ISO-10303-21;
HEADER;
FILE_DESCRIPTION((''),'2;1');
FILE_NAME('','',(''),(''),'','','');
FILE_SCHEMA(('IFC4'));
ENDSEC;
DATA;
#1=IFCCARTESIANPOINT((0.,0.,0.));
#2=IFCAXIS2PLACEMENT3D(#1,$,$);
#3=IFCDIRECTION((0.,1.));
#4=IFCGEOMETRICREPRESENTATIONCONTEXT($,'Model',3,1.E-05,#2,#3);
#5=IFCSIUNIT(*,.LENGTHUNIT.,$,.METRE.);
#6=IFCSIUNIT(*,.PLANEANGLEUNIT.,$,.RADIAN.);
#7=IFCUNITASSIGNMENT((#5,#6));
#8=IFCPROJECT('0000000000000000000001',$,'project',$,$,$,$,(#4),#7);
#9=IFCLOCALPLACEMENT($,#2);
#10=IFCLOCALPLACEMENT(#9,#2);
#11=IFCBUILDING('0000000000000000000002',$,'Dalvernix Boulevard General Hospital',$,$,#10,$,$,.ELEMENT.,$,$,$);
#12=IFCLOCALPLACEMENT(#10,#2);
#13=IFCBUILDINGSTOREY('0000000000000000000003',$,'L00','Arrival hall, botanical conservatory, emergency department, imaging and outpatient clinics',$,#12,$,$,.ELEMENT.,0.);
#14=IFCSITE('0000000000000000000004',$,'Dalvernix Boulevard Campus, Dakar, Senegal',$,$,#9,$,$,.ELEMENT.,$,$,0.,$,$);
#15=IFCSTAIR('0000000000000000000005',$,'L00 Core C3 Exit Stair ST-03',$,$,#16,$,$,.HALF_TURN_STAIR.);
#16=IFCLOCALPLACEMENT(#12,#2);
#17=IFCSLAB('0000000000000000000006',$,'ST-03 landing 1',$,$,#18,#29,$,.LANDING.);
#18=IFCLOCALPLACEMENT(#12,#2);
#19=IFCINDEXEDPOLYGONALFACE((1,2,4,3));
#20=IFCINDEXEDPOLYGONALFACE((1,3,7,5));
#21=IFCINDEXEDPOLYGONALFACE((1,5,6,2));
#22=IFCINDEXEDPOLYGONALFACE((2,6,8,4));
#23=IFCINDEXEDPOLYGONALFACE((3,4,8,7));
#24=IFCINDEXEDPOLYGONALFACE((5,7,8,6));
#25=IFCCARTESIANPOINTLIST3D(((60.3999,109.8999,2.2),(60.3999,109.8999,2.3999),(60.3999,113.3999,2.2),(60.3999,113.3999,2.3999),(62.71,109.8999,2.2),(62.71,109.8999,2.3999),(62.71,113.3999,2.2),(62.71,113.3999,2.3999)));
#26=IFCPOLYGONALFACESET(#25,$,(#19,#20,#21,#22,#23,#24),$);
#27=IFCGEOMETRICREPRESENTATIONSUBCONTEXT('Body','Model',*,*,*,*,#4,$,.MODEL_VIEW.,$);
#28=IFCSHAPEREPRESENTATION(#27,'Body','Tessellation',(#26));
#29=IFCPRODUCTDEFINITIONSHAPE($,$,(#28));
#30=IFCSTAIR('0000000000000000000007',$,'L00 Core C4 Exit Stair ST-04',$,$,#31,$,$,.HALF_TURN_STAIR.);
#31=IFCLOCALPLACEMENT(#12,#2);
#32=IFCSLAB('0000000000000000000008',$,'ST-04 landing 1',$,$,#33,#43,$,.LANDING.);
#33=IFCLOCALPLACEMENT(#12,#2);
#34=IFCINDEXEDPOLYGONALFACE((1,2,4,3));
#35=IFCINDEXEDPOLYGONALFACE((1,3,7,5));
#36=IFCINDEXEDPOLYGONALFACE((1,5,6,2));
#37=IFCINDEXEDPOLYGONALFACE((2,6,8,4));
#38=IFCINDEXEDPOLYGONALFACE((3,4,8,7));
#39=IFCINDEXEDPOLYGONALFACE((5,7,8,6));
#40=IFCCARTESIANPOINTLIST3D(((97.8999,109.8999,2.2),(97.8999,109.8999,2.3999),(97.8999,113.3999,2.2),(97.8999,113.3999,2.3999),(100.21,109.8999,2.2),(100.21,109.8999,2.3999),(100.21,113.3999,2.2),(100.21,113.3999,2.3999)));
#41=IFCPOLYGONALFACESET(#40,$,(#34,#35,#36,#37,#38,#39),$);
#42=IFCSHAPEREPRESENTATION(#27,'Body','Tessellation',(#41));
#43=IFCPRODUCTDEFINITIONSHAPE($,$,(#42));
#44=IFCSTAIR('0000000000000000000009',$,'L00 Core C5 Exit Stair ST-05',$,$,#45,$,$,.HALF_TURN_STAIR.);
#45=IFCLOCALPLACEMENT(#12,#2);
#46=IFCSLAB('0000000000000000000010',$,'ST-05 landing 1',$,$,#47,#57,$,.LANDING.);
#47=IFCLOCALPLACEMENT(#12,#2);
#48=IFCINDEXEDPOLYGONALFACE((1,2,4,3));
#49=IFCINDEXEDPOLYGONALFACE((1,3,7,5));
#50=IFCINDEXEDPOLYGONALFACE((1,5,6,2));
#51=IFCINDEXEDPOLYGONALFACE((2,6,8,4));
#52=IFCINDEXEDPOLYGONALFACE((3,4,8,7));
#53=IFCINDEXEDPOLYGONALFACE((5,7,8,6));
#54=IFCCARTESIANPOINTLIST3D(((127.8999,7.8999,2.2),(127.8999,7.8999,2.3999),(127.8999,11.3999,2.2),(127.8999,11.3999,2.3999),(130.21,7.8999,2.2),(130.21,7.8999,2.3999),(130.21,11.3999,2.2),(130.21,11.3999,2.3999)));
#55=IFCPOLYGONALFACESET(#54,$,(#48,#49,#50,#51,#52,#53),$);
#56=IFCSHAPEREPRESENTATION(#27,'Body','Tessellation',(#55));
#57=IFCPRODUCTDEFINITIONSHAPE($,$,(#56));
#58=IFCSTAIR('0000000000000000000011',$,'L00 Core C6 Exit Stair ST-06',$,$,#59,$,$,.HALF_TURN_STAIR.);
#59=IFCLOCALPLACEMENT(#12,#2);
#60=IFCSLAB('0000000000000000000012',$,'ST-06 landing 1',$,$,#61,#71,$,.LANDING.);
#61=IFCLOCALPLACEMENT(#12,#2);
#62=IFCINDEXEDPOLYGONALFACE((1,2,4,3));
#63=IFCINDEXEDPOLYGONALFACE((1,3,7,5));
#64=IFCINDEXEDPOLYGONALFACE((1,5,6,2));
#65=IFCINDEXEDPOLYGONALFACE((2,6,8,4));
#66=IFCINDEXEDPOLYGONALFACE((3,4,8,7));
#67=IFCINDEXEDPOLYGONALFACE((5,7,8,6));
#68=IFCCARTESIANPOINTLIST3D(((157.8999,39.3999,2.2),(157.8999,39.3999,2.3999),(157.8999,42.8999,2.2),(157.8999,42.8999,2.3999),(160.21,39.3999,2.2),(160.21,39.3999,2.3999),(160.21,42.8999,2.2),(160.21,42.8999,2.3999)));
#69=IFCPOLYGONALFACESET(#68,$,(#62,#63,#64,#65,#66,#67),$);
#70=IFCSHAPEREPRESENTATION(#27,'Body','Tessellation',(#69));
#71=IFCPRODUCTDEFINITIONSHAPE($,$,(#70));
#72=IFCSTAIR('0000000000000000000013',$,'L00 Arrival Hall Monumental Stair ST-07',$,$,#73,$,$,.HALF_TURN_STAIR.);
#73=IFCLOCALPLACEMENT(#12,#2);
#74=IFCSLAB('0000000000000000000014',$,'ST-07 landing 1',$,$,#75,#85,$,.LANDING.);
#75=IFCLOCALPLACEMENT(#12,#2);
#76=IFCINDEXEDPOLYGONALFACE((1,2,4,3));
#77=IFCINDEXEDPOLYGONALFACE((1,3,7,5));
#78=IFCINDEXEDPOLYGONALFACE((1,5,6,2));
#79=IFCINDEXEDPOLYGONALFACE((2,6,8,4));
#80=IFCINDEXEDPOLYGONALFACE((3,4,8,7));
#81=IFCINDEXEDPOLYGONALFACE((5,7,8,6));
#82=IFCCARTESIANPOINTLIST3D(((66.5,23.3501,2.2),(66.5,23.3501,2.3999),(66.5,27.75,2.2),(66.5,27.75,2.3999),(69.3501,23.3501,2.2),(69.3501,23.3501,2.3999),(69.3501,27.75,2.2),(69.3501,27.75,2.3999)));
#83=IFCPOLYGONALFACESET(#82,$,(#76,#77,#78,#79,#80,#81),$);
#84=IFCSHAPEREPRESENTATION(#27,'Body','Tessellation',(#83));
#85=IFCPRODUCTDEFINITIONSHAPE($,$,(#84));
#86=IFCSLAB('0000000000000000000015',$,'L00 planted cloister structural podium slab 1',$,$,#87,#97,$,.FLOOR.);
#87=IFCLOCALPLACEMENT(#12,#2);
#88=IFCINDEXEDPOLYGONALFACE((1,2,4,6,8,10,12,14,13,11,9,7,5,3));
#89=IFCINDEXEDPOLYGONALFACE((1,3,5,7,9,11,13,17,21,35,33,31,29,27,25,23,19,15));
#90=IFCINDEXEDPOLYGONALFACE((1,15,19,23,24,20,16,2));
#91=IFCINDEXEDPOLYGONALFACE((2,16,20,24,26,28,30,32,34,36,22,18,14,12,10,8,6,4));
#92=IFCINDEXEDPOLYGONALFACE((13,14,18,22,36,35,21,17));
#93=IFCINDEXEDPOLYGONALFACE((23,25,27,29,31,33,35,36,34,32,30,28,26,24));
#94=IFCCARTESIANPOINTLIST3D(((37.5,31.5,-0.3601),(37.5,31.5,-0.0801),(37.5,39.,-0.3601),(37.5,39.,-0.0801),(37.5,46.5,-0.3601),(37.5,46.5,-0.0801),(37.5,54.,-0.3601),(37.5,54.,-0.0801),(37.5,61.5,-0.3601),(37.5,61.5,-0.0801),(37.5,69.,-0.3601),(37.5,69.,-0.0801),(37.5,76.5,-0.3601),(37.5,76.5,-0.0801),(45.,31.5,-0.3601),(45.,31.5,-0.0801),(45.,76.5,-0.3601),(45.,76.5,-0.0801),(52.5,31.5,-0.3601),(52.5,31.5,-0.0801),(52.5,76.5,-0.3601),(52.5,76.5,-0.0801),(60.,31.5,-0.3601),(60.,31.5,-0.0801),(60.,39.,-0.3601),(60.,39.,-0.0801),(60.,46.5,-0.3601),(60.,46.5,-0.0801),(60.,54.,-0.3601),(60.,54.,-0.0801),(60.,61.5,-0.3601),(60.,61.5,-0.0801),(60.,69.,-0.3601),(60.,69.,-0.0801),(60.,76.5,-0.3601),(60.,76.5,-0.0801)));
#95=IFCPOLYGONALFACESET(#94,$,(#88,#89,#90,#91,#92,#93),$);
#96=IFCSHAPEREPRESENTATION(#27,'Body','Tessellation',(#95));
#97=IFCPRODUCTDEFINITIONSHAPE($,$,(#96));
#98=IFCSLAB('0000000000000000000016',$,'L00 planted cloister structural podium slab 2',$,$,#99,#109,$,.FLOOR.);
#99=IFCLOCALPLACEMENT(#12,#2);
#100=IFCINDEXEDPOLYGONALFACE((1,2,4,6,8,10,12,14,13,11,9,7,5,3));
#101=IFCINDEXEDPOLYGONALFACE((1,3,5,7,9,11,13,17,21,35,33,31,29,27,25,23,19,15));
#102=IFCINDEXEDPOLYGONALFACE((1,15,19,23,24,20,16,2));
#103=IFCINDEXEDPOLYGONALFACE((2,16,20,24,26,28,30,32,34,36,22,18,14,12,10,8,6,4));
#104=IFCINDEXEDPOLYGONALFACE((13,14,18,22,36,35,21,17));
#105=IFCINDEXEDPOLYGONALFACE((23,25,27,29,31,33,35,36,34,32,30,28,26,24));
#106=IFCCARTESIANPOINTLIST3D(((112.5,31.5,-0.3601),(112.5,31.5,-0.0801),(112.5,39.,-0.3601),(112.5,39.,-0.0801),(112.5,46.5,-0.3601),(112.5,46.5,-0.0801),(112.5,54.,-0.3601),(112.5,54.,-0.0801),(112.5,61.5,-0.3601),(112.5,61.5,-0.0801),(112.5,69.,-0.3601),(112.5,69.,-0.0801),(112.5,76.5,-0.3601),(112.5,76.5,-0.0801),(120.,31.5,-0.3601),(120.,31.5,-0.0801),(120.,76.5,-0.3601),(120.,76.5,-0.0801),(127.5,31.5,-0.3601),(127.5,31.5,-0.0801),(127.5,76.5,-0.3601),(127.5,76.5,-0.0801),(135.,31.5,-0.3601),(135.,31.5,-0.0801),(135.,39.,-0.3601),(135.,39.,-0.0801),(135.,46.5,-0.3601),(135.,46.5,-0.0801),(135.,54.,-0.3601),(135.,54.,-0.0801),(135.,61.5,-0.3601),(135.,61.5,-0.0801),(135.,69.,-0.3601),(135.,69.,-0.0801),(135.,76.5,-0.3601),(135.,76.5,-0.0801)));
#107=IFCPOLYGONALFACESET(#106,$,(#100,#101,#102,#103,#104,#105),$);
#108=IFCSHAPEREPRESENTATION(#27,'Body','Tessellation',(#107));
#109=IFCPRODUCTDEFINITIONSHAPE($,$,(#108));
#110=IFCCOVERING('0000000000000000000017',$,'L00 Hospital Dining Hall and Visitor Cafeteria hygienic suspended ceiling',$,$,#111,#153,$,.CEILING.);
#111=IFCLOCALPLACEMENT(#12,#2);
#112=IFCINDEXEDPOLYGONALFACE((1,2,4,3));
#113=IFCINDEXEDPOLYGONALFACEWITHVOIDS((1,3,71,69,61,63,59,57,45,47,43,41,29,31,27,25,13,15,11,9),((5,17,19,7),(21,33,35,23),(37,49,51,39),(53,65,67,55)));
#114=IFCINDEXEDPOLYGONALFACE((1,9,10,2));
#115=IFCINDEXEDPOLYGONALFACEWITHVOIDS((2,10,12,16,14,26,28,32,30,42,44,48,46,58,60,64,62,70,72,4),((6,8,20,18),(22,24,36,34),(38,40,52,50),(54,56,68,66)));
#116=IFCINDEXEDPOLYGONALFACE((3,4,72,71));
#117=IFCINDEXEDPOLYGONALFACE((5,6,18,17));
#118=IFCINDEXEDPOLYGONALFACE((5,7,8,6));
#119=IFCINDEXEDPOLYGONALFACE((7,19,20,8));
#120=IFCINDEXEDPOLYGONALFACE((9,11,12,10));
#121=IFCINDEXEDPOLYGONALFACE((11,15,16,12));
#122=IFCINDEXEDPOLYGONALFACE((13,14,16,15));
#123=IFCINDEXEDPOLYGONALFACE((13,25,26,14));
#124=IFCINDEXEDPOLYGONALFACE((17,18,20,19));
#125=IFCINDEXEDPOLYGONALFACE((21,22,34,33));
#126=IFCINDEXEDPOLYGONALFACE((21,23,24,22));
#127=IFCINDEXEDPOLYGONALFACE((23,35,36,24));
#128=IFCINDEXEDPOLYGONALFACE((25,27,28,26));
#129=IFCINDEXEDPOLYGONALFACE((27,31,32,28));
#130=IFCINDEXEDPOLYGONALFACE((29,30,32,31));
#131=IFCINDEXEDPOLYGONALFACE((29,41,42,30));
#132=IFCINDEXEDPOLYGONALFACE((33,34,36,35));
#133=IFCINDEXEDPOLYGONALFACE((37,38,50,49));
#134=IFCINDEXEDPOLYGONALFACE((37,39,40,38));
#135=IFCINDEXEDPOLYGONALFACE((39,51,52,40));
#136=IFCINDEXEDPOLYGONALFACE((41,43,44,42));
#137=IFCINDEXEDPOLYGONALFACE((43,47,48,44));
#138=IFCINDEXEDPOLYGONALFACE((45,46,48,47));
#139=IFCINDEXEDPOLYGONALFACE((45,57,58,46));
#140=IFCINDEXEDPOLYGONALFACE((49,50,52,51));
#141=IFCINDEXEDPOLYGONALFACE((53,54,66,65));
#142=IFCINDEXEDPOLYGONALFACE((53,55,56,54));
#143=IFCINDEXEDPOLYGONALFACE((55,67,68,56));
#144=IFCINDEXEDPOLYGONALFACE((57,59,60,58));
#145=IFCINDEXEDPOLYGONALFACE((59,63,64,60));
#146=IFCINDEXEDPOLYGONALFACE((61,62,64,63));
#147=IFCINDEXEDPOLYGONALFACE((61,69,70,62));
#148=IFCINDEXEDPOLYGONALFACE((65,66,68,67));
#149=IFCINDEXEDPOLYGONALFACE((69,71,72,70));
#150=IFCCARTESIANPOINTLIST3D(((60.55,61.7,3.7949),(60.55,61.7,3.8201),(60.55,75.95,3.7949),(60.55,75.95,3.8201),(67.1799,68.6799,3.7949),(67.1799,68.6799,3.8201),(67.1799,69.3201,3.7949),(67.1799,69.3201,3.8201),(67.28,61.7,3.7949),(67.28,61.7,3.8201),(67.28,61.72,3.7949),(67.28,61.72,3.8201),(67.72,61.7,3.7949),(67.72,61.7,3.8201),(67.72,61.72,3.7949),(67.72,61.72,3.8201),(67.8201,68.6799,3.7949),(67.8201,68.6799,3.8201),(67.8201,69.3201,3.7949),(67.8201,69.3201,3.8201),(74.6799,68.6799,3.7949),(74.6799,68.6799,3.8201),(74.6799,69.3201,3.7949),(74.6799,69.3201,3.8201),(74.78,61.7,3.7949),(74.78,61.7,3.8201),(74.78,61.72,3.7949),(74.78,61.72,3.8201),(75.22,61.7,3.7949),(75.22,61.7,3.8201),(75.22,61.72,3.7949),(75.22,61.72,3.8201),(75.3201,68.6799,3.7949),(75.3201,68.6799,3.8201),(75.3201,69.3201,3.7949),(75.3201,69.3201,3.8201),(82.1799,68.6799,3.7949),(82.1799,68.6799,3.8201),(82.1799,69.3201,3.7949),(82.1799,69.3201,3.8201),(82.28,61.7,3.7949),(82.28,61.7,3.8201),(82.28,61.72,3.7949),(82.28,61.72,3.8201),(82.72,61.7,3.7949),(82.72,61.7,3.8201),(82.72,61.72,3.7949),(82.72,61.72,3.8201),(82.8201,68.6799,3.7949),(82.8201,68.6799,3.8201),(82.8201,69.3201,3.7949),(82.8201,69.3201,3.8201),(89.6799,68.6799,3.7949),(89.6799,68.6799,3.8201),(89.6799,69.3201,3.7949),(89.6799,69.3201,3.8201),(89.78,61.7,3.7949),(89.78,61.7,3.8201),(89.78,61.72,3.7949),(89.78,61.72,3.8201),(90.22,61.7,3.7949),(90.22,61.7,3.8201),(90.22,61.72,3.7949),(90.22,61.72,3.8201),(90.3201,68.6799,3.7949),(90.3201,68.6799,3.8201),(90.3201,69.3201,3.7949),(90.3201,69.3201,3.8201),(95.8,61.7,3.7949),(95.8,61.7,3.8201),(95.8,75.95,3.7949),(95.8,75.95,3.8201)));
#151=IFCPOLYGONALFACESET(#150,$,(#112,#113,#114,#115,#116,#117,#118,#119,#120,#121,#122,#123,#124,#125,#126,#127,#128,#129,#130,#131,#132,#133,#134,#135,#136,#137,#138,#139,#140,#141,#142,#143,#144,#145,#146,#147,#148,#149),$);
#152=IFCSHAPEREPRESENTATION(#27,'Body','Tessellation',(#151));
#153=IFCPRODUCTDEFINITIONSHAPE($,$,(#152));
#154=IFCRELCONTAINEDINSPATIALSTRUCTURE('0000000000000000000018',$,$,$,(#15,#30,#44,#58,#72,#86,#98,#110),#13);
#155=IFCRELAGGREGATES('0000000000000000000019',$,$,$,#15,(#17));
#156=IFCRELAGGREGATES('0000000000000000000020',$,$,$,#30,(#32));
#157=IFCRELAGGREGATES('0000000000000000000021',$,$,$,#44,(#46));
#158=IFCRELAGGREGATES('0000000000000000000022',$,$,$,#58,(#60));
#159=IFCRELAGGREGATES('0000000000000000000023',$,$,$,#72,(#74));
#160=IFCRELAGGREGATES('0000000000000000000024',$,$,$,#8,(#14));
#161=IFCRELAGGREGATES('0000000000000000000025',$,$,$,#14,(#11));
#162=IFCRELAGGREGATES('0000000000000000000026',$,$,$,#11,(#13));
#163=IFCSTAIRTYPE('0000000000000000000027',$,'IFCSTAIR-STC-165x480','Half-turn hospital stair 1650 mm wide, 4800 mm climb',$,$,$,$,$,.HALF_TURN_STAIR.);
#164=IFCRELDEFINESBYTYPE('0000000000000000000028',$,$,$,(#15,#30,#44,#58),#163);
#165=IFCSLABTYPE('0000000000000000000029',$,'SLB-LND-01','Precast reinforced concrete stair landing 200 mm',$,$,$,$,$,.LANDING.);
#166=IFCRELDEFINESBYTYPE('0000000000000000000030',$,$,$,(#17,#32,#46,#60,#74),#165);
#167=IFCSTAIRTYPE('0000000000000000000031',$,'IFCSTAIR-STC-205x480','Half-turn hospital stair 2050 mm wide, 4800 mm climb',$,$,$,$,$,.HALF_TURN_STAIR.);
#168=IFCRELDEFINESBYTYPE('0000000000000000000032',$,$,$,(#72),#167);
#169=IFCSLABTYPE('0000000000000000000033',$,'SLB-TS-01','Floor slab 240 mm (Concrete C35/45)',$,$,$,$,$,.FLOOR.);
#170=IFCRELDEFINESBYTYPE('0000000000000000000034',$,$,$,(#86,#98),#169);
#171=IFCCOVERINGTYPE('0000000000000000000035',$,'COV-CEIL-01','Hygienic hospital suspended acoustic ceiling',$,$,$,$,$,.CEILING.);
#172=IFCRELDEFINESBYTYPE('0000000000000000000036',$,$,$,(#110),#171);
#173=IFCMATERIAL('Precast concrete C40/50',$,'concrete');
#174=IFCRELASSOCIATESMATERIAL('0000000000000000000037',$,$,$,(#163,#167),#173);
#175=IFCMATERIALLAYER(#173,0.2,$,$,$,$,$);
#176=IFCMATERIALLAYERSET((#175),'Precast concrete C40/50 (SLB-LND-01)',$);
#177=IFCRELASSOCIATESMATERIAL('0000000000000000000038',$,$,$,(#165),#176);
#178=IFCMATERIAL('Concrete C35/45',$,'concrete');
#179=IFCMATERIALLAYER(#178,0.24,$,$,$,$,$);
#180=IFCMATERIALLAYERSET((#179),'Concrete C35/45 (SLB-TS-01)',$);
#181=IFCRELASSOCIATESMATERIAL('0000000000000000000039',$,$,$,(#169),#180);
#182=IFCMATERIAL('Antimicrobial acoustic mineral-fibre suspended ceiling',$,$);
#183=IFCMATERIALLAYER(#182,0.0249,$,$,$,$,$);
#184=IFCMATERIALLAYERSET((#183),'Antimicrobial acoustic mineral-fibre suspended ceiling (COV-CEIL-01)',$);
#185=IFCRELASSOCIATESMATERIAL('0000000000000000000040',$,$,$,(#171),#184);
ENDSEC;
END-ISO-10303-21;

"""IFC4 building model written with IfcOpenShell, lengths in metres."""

from ifc_helpers import new_model, si_unit, direction, frame, origin, place, context, subcontext, project, spatial, polyline, outline, extrude, material, layer, layer_set, type_object, element, aggregate, save


model = new_model("IFC4")

# Units and contexts
model_context = context("Model", 3, precision=1e-05, world=origin(), true_north=direction((0.0, 1.0)))
body_context = subcontext(model_context, "Body", "Model", "MODEL_VIEW")
ifc_project = project(units=[si_unit("LENGTHUNIT", "METRE"), si_unit("PLANEANGLEUNIT", "RADIAN")], contexts=[model_context])

# Site, building, storey
site_placement = place(None, origin())
site = spatial("IfcSite", under=ifc_project, at=site_placement, Name="Dalvernix Boulevard Campus, Dakar, Senegal", CompositionType="ELEMENT", RefElevation=0.0)
building_placement = place(site_placement, origin())
building = spatial("IfcBuilding", under=site, at=building_placement, Name="Dalvernix Boulevard General Hospital", CompositionType="ELEMENT")
storey_placement = place(building_placement, origin())
storey = spatial("IfcBuildingStorey", under=building, at=storey_placement, Name="L00", Description="Arrival hall, botanical conservatory, emergency department, imaging and outpatient clinics", CompositionType="ELEMENT", Elevation=0.0)

# Shared definitions
ifc_material_1 = material(Name="Concrete C35/45", Category="concrete")

# Stairs, slabs
ifc_material_2 = material(Name="Precast concrete C40/50", Category="concrete")
stair_type_1 = type_object("IfcStairType", Name="IFCSTAIR-STC-165x480", Description="Half-turn hospital stair 1650 mm wide, 4800 mm climb", PredefinedType="HALF_TURN_STAIR", material=ifc_material_2)
ifc_layer_1 = layer(ifc_material_2, 0.2)
ifc_layer_set_1 = layer_set([ifc_layer_1], Name="Precast concrete C40/50 (SLB-LND-01)")
slab_type_1 = type_object("IfcSlabType", Name="SLB-LND-01", Description="Precast reinforced concrete stair landing 200 mm", PredefinedType="LANDING", material=ifc_layer_set_1)
stair_1_placement = place(storey_placement, origin())
stair_1 = element("IfcStair", 1, at=stair_1_placement, inside=storey, type_object=stair_type_1, Name="L00 Core C3 Exit Stair ST-03", PredefinedType="HALF_TURN_STAIR")
slab_1_placement = place(storey_placement, frame((0.0, 0.0, 2.2)))
slab_1 = element("IfcSlab", 2, at=slab_1_placement, type_object=slab_type_1, Name="ST-03 landing 1", PredefinedType="LANDING", context=body_context, shape_type="SweptSolid", body=[
    extrude(outline(polyline([(62.71, 113.3999), (60.3999, 113.3999), (60.3999, 109.8999), (62.71, 109.8999), (62.71, 113.3999)])), origin(), (0.0, 0.0, 1.0), 0.2),
])
aggregate(stair_1, [slab_1])
stair_2_placement = place(storey_placement, origin())
stair_2 = element("IfcStair", 3, at=stair_2_placement, inside=storey, type_object=stair_type_1, Name="L00 Core C4 Exit Stair ST-04", PredefinedType="HALF_TURN_STAIR")
slab_2_placement = place(storey_placement, frame((0.0, 0.0, 2.2)))
slab_2 = element("IfcSlab", 4, at=slab_2_placement, type_object=slab_type_1, Name="ST-04 landing 1", PredefinedType="LANDING", context=body_context, shape_type="SweptSolid", body=[
    extrude(outline(polyline([(100.21, 113.3999), (97.8999, 113.3999), (97.8999, 109.8999), (100.21, 109.8999), (100.21, 113.3999)])), origin(), (0.0, 0.0, 1.0), 0.2),
])
aggregate(stair_2, [slab_2])
stair_3_placement = place(storey_placement, origin())
stair_3 = element("IfcStair", 5, at=stair_3_placement, inside=storey, type_object=stair_type_1, Name="L00 Core C5 Exit Stair ST-05", PredefinedType="HALF_TURN_STAIR")
slab_3_placement = place(storey_placement, frame((0.0, 0.0, 2.2)))
slab_3 = element("IfcSlab", 6, at=slab_3_placement, type_object=slab_type_1, Name="ST-05 landing 1", PredefinedType="LANDING", context=body_context, shape_type="SweptSolid", body=[
    extrude(outline(polyline([(130.21, 11.3999), (127.8999, 11.3999), (127.8999, 7.8999), (130.21, 7.8999), (130.21, 11.3999)])), origin(), (0.0, 0.0, 1.0), 0.2),
])
aggregate(stair_3, [slab_3])
stair_4_placement = place(storey_placement, origin())
stair_4 = element("IfcStair", 7, at=stair_4_placement, inside=storey, type_object=stair_type_1, Name="L00 Core C6 Exit Stair ST-06", PredefinedType="HALF_TURN_STAIR")
slab_4_placement = place(storey_placement, frame((0.0, 0.0, 2.2)))
slab_4 = element("IfcSlab", 8, at=slab_4_placement, type_object=slab_type_1, Name="ST-06 landing 1", PredefinedType="LANDING", context=body_context, shape_type="SweptSolid", body=[
    extrude(outline(polyline([(160.21, 42.8999), (157.8999, 42.8999), (157.8999, 39.3999), (160.21, 39.3999), (160.21, 42.8999)])), origin(), (0.0, 0.0, 1.0), 0.2),
])
aggregate(stair_4, [slab_4])
stair_type_2 = type_object("IfcStairType", Name="IFCSTAIR-STC-205x480", Description="Half-turn hospital stair 2050 mm wide, 4800 mm climb", PredefinedType="HALF_TURN_STAIR", material=ifc_material_2)
stair_5_placement = place(storey_placement, origin())
stair_5 = element("IfcStair", 9, at=stair_5_placement, inside=storey, type_object=stair_type_2, Name="L00 Arrival Hall Monumental Stair ST-07", PredefinedType="HALF_TURN_STAIR")
slab_5_placement = place(storey_placement, frame((0.0, 0.0, 2.2)))
slab_5 = element("IfcSlab", 10, at=slab_5_placement, type_object=slab_type_1, Name="ST-07 landing 1", PredefinedType="LANDING", context=body_context, shape_type="SweptSolid", body=[
    extrude(outline(polyline([(66.5, 23.3501), (69.3501, 23.3501), (69.3501, 27.75), (66.5, 27.75), (66.5, 23.3501)])), origin(), (0.0, 0.0, 1.0), 0.2),
])
aggregate(stair_5, [slab_5])

# Slabs
ifc_layer_2 = layer(ifc_material_1, 0.24)
ifc_layer_set_2 = layer_set([ifc_layer_2], Name="Concrete C35/45 (SLB-TS-01)")
slab_type_2 = type_object("IfcSlabType", Name="SLB-TS-01", Description="Floor slab 240 mm (Concrete C35/45)", PredefinedType="FLOOR", material=ifc_layer_set_2)
slab_6_placement = place(storey_placement, frame((0.0, 0.0, -0.3601)))
element("IfcSlab", 11, at=slab_6_placement, inside=storey, type_object=slab_type_2, Name="L00 planted cloister structural podium slab 1", PredefinedType="FLOOR", context=body_context, shape_type="SweptSolid", body=[
    extrude(outline(polyline([(45.0, 31.5), (37.5, 31.5), (37.5, 39.0), (37.5, 46.5), (37.5, 54.0), (37.5, 61.5), (37.5, 69.0), (37.5, 76.5), (45.0, 76.5), (52.5, 76.5), (60.0, 76.5), (60.0, 69.0), (60.0, 61.5), (60.0, 54.0), (60.0, 46.5), (60.0, 39.0), (60.0, 31.5), (52.5, 31.5), (45.0, 31.5)])), origin(), (0.0, 0.0, 1.0), 0.28),
])
slab_7_placement = place(storey_placement, frame((0.0, 0.0, -0.3601)))
element("IfcSlab", 12, at=slab_7_placement, inside=storey, type_object=slab_type_2, Name="L00 planted cloister structural podium slab 2", PredefinedType="FLOOR", context=body_context, shape_type="SweptSolid", body=[
    extrude(outline(polyline([(112.5, 61.5), (112.5, 69.0), (112.5, 76.5), (120.0, 76.5), (127.5, 76.5), (135.0, 76.5), (135.0, 69.0), (135.0, 61.5), (135.0, 54.0), (135.0, 46.5), (135.0, 39.0), (135.0, 31.5), (127.5, 31.5), (120.0, 31.5), (112.5, 31.5), (112.5, 39.0), (112.5, 46.5), (112.5, 54.0), (112.5, 61.5)])), origin(), (0.0, 0.0, 1.0), 0.28),
])

# Covering
ifc_material_3 = material(Name="Antimicrobial acoustic mineral-fibre suspended ceiling")
ifc_layer_3 = layer(ifc_material_3, 0.0249)
ifc_layer_set_3 = layer_set([ifc_layer_3], Name="Antimicrobial acoustic mineral-fibre suspended ceiling (COV-CEIL-01)")
covering_type_1 = type_object("IfcCoveringType", Name="COV-CEIL-01", Description="Hygienic hospital suspended acoustic ceiling", PredefinedType="CEILING", material=ifc_layer_set_3)
covering_1_placement = place(storey_placement, frame((0.0, 0.0, 3.7949)))
element("IfcCovering", 13, at=covering_1_placement, inside=storey, type_object=covering_type_1, Name="L00 Hospital Dining Hall and Visitor Cafeteria hygienic suspended ceiling", PredefinedType="CEILING", context=body_context, shape_type="SweptSolid", body=[
    extrude(outline(polyline([(95.8, 61.7), (90.22, 61.7), (90.22, 61.72), (89.78, 61.72), (89.78, 61.7), (82.72, 61.7), (82.72, 61.72), (82.28, 61.72), (82.28, 61.7), (75.22, 61.7), (75.22, 61.72), (74.78, 61.72), (74.78, 61.7), (67.72, 61.7), (67.72, 61.72), (67.28, 61.72), (67.28, 61.7), (60.55, 61.7), (60.55, 75.95), (95.8, 75.95), (95.8, 61.7)]), holes=[polyline([(67.1799, 68.6799), (67.8201, 68.6799), (67.8201, 69.3201), (67.1799, 69.3201), (67.1799, 68.6799)]), polyline([(75.3201, 69.3201), (74.6799, 69.3201), (74.6799, 68.6799), (75.3201, 68.6799), (75.3201, 69.3201)]), polyline([(82.1799, 68.6799), (82.8201, 68.6799), (82.8201, 69.3201), (82.1799, 69.3201), (82.1799, 68.6799)]), polyline([(90.3201, 69.3201), (89.6799, 69.3201), (89.6799, 68.6799), (90.3201, 68.6799), (90.3201, 69.3201)])]), origin(), (0.0, 0.0, 1.0), 0.0251),
])

save(model, "model.ifc")
